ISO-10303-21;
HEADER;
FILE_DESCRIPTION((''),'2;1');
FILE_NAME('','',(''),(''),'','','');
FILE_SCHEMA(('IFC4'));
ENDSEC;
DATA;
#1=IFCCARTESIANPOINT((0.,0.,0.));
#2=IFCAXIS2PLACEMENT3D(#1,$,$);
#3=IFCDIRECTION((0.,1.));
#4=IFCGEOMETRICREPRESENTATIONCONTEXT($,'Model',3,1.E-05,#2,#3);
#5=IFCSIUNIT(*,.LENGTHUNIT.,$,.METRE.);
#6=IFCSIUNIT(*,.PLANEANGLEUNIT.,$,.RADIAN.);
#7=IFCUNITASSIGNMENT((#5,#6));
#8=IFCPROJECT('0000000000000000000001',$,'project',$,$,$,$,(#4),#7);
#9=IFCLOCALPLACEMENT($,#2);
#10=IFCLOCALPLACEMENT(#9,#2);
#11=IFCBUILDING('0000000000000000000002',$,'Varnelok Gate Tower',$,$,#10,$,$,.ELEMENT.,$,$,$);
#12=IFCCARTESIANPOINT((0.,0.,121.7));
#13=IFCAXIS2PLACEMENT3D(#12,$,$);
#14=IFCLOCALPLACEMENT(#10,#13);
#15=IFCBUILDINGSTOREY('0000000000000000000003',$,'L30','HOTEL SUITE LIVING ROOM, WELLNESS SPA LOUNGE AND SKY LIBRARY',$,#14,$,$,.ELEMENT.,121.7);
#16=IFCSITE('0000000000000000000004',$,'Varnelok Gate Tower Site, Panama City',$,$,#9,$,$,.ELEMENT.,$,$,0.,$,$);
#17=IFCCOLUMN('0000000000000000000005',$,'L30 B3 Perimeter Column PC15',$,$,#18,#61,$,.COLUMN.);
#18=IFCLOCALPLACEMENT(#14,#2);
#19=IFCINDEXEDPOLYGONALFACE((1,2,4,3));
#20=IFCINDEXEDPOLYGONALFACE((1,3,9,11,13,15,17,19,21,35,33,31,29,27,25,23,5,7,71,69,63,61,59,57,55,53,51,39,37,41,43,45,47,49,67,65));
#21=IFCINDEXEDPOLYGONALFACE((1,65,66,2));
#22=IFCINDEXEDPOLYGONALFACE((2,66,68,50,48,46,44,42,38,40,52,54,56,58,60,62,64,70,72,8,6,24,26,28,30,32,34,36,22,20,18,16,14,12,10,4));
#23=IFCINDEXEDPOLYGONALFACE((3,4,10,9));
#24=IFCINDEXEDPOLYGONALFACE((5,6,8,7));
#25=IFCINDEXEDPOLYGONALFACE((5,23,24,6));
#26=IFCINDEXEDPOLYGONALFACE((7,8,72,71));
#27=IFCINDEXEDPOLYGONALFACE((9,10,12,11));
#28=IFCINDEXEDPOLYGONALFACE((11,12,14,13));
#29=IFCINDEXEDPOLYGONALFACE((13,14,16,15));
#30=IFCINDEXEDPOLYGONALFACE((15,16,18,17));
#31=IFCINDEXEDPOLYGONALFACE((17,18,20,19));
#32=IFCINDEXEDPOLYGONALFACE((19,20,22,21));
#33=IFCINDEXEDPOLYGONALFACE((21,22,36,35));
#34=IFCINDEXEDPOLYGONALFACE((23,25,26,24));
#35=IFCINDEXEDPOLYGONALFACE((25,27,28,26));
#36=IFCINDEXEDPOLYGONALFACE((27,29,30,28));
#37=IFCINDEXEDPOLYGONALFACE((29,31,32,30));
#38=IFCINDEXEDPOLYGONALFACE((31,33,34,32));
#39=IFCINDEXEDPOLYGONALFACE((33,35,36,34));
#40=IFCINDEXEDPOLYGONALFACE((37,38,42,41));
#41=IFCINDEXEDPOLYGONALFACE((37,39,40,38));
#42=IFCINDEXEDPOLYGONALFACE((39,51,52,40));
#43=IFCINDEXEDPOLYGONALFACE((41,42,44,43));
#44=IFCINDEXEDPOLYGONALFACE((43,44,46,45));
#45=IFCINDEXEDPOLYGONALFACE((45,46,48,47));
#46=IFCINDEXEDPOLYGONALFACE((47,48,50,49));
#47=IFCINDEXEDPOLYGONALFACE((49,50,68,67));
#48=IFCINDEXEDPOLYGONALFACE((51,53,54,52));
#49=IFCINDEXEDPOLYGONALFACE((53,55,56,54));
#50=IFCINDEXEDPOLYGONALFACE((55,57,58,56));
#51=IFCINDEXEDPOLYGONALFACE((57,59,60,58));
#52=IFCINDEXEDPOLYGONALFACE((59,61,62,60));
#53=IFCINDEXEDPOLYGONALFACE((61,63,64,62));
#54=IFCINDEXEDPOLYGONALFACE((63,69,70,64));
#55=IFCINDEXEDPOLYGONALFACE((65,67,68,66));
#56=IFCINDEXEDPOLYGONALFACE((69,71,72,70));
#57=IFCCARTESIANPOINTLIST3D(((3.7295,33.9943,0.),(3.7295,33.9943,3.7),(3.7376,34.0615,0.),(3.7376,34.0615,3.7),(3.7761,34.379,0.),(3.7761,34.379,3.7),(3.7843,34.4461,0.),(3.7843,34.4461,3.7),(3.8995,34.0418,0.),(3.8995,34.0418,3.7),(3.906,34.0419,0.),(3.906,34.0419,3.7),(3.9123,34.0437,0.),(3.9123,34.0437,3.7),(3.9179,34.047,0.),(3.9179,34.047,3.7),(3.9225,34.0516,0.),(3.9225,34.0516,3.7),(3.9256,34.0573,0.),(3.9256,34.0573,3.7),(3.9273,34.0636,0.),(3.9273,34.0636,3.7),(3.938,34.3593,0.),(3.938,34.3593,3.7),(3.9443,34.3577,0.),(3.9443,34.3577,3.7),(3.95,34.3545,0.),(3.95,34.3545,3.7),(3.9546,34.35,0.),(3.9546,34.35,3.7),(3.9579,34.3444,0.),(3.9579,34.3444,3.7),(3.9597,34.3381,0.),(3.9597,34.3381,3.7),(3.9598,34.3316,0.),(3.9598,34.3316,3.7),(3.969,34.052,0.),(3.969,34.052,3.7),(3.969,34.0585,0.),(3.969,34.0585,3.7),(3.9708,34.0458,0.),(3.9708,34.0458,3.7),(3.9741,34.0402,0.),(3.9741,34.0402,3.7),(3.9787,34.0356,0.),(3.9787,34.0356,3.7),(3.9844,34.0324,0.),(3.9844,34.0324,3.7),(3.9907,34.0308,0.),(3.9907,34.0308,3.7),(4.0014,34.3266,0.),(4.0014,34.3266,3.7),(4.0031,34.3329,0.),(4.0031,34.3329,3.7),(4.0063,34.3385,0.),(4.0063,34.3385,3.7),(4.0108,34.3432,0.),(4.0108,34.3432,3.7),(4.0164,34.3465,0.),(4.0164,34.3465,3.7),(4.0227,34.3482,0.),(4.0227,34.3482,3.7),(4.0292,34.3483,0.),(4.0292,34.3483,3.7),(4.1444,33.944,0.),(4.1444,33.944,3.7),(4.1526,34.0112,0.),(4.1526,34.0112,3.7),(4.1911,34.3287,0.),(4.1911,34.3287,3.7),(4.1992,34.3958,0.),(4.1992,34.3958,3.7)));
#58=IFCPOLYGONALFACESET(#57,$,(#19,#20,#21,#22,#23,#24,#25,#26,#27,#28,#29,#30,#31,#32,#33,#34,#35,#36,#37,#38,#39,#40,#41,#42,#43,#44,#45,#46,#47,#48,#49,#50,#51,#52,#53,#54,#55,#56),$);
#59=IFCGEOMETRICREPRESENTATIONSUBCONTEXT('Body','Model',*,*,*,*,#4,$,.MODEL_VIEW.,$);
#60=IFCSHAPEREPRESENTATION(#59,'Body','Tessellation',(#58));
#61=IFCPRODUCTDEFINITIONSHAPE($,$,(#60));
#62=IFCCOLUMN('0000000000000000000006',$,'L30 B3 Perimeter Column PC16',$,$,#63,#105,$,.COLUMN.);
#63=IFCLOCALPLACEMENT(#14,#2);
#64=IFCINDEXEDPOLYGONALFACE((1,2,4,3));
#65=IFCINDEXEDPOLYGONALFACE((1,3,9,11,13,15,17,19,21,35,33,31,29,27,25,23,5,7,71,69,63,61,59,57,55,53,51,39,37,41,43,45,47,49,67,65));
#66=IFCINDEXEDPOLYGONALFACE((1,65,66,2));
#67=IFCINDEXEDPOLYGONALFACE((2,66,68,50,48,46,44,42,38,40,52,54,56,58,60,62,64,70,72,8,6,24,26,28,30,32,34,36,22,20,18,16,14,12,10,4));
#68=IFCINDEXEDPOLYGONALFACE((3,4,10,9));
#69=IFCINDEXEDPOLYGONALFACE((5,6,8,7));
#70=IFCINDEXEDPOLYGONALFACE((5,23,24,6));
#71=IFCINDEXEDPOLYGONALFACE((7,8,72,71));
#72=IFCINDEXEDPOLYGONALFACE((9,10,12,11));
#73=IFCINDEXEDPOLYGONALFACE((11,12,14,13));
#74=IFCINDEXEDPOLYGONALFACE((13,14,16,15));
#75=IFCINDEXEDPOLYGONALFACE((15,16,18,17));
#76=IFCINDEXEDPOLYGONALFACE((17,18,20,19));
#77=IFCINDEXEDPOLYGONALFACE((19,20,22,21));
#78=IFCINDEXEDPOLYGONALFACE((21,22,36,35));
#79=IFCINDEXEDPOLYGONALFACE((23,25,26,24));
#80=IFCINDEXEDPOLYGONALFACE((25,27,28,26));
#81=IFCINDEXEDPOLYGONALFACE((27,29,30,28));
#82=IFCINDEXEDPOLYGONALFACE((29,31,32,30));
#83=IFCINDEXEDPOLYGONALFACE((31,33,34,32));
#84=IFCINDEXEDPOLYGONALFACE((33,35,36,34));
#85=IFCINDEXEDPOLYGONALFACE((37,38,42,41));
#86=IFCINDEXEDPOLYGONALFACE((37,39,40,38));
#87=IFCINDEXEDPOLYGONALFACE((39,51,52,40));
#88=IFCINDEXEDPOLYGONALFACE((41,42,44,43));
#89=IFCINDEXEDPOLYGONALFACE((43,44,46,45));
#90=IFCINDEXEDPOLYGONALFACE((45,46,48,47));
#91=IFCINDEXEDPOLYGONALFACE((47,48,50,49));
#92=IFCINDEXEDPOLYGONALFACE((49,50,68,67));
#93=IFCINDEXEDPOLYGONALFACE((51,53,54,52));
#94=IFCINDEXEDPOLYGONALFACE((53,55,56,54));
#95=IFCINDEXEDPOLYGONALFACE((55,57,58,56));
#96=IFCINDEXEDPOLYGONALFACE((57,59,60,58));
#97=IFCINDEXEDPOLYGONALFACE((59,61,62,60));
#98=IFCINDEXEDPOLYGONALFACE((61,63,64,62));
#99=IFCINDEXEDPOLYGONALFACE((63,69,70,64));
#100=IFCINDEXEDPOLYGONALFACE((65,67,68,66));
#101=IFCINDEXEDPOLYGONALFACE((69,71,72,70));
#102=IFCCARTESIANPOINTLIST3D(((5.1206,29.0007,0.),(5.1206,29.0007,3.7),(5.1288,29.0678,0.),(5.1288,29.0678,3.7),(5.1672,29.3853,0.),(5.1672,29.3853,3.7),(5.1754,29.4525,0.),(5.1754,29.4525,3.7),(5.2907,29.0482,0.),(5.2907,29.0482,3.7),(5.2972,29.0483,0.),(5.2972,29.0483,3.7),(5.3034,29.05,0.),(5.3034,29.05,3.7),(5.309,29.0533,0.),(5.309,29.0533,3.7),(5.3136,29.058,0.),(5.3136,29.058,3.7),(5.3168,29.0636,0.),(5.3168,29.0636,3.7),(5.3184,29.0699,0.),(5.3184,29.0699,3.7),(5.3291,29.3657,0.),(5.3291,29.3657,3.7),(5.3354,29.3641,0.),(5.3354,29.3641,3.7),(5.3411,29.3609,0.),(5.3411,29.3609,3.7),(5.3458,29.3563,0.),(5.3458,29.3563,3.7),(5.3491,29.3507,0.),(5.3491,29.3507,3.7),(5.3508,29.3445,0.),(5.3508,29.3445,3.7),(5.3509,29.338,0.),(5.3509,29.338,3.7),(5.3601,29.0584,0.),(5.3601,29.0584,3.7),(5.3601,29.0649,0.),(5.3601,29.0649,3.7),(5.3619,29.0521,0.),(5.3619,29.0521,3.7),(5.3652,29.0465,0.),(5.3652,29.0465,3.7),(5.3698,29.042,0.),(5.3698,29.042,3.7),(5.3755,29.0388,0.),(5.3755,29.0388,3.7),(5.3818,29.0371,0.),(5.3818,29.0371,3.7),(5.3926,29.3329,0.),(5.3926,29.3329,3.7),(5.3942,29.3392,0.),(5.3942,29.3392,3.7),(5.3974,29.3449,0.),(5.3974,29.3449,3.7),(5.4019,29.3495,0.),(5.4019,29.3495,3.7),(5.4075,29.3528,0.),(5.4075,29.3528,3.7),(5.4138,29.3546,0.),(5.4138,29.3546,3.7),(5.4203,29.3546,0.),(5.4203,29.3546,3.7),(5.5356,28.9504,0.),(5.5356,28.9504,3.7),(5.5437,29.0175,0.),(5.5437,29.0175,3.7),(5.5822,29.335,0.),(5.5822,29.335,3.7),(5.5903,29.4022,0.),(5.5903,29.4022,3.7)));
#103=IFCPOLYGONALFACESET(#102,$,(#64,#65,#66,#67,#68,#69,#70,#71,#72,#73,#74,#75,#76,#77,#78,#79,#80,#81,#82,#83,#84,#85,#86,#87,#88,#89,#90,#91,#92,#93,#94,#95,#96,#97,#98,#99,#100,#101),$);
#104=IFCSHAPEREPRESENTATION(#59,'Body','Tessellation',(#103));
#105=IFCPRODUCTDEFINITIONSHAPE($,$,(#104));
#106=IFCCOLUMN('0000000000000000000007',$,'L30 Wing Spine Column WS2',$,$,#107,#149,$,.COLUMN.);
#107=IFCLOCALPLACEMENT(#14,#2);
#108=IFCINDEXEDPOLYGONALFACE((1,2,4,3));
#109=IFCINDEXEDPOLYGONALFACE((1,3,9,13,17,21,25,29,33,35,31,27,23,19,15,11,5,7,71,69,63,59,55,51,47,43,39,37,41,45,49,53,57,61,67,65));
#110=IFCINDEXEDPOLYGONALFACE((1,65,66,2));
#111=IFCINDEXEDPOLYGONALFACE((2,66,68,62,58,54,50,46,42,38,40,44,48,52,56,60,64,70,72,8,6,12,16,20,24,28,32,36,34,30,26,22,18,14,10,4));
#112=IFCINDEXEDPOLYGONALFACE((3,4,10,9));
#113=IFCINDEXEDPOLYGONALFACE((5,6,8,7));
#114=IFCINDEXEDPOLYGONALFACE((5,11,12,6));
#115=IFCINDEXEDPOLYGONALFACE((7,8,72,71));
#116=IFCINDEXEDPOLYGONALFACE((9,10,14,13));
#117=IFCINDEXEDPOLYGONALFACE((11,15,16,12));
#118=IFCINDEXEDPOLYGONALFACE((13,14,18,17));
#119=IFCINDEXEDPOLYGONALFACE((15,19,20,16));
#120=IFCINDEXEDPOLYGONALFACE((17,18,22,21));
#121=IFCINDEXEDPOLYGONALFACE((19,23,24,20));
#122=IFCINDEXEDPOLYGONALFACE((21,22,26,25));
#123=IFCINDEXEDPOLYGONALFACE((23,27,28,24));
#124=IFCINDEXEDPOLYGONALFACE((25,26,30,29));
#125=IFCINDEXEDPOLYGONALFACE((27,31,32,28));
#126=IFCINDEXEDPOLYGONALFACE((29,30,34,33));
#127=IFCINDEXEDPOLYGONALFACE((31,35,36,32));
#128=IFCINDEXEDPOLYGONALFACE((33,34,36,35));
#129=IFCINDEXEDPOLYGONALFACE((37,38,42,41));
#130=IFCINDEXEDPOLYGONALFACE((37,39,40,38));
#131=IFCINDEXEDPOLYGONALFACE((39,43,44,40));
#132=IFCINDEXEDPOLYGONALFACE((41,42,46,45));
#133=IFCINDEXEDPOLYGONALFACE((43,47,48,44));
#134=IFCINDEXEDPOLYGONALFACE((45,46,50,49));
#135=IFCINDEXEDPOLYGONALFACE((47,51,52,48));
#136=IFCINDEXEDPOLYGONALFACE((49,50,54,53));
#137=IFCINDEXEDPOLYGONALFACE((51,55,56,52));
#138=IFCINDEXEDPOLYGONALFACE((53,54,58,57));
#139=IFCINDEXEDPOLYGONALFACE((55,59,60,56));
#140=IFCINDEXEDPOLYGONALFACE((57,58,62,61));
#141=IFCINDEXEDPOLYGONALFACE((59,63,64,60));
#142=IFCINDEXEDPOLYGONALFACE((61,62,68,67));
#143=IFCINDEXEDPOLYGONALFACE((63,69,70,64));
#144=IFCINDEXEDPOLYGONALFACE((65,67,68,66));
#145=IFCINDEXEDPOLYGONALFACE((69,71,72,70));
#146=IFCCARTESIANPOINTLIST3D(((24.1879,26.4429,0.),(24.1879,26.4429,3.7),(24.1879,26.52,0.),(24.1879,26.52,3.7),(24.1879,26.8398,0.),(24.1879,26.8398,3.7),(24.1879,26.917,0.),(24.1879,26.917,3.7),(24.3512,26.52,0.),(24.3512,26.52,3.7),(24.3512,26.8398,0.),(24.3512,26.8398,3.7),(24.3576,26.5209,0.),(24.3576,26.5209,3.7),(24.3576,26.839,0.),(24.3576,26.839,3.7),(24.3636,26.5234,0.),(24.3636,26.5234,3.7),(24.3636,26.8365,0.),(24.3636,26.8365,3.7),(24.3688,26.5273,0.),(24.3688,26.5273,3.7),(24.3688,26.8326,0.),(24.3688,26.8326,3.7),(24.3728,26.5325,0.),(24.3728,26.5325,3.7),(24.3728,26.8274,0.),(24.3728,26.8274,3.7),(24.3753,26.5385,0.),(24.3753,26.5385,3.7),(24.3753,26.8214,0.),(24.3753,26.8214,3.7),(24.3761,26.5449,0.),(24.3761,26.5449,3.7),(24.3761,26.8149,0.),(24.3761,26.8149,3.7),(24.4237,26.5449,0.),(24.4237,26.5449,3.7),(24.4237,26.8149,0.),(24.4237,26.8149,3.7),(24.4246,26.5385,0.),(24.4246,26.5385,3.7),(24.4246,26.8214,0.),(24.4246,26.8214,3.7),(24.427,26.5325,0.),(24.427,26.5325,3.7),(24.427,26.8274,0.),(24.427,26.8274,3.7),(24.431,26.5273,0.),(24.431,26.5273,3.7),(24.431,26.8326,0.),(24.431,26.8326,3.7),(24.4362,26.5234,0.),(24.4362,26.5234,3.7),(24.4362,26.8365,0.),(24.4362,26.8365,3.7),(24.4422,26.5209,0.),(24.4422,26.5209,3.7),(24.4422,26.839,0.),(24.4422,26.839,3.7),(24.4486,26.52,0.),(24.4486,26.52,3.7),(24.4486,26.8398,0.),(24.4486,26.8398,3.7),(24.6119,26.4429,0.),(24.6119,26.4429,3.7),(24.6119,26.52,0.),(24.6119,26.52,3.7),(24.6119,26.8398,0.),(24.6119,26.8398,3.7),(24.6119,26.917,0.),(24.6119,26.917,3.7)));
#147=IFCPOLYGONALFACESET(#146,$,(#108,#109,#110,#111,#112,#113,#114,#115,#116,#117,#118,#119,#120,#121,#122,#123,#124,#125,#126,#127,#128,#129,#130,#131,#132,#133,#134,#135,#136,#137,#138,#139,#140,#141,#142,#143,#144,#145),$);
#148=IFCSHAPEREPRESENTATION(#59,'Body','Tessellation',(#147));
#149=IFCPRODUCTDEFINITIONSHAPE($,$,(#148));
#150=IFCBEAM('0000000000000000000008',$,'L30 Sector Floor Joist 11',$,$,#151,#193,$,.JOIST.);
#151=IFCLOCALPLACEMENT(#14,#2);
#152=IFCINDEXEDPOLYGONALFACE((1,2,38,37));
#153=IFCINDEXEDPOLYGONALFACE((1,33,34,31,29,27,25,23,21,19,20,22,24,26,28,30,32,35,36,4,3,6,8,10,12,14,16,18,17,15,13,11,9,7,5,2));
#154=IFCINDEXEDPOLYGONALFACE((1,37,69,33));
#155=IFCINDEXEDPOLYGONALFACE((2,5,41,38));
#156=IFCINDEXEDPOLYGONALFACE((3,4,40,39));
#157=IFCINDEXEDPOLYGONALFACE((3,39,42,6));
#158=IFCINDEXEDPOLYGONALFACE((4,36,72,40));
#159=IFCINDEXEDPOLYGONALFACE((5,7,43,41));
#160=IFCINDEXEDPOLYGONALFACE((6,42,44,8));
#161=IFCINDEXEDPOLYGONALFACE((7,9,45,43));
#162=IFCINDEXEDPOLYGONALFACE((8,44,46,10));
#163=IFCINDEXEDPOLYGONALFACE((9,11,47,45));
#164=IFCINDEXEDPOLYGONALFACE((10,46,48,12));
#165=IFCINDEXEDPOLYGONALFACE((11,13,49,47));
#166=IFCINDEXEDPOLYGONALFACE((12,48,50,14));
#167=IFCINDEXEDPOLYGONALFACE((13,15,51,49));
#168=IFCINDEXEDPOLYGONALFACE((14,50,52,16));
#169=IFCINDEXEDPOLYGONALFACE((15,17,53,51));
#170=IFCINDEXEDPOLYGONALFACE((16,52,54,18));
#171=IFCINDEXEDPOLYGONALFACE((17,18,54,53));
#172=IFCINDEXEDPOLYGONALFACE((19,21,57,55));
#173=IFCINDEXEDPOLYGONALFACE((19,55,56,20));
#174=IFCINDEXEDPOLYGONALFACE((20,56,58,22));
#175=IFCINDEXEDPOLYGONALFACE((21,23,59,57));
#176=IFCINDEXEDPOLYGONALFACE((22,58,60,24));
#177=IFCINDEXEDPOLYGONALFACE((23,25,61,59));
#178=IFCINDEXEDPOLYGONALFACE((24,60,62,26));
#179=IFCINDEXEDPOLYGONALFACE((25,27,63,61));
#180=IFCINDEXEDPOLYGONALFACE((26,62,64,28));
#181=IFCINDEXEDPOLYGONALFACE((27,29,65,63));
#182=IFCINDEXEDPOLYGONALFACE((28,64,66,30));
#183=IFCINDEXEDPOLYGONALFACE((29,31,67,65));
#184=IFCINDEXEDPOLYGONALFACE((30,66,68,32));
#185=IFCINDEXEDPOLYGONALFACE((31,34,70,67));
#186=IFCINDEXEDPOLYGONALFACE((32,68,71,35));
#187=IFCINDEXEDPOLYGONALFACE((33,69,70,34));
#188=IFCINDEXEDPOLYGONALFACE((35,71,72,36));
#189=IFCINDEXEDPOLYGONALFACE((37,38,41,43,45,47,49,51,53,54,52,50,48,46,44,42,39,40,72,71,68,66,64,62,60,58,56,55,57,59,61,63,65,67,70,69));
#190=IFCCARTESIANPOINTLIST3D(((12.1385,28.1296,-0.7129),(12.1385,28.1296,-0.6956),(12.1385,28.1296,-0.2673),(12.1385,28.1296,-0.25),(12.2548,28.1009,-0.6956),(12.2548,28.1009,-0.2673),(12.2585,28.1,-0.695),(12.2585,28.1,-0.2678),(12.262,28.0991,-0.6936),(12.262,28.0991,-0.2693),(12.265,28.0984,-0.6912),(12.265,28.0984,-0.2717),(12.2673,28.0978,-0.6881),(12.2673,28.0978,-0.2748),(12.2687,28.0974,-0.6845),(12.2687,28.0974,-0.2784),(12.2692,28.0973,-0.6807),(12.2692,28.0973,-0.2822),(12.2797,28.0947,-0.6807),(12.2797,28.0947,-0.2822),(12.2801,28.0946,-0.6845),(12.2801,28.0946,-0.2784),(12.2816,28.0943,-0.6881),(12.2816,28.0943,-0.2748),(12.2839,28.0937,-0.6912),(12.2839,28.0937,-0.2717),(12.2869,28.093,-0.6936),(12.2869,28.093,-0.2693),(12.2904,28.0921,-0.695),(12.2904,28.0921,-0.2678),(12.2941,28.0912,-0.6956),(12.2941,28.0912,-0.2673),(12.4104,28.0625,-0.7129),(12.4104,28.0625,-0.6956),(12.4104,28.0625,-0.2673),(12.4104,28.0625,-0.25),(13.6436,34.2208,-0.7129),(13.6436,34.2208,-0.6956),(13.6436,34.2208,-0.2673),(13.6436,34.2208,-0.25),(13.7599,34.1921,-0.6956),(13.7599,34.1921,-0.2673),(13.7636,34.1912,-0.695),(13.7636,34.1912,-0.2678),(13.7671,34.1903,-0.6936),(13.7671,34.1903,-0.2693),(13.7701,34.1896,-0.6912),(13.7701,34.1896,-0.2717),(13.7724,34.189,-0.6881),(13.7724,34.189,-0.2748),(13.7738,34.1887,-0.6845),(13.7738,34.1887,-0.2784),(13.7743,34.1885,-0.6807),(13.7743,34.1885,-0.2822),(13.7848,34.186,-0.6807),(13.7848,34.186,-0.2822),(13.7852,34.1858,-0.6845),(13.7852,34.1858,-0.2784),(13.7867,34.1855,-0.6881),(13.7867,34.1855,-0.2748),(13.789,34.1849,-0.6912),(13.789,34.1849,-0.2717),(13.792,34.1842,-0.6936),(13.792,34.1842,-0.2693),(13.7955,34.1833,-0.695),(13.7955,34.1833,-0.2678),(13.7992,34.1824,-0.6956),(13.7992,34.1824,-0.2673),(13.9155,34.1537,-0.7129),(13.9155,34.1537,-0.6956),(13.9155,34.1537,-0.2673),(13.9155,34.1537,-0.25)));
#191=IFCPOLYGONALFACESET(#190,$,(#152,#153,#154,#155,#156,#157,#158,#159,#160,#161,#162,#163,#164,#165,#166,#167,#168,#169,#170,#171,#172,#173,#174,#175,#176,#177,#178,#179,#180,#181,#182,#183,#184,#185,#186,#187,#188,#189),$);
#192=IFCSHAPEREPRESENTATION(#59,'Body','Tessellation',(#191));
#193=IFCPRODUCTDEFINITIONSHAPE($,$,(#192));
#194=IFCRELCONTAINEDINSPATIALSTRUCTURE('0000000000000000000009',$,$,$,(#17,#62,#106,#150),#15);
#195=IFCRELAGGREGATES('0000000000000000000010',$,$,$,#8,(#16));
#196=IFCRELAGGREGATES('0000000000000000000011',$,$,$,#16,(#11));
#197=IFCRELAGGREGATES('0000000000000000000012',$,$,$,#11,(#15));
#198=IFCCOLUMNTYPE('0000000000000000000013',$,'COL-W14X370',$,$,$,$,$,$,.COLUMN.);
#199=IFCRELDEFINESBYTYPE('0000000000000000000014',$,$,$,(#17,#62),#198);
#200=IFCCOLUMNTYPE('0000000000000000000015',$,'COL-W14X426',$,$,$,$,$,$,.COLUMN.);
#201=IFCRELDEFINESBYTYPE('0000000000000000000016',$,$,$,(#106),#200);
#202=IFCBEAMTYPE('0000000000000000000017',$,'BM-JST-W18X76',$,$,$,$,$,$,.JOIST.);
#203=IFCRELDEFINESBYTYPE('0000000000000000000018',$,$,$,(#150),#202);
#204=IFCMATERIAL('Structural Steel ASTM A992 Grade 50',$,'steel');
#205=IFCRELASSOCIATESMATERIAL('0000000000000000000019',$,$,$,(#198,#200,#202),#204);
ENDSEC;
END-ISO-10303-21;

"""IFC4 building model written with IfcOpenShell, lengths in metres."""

from ifc_helpers import new_model, si_unit, direction, frame, origin, origin_2d, place, context, subcontext, project, spatial, i_section, extrude, material, material_profile, profile_set, type_object, element, save


model = new_model("IFC4")

# Units and contexts
model_context = context("Model", 3, precision=1e-05, world=origin(), true_north=direction((0.0, 1.0)))
body_context = subcontext(model_context, "Body", "Model", "MODEL_VIEW")
ifc_project = project(units=[si_unit("LENGTHUNIT", "METRE"), si_unit("PLANEANGLEUNIT", "RADIAN")], contexts=[model_context])

# Site, building, storey
site_placement = place(None, origin())
site = spatial("IfcSite", under=ifc_project, at=site_placement, Name="Varnelok Gate Tower Site, Panama City", CompositionType="ELEMENT", RefElevation=0.0)
building_placement = place(site_placement, origin())
building = spatial("IfcBuilding", under=site, at=building_placement, Name="Varnelok Gate Tower", CompositionType="ELEMENT")
storey_placement = place(building_placement, frame((0.0, 0.0, 121.7)))
storey = spatial("IfcBuildingStorey", under=building, at=storey_placement, Name="L30", Description="HOTEL SUITE LIVING ROOM, WELLNESS SPA LOUNGE AND SKY LIBRARY", CompositionType="ELEMENT", Elevation=121.7)

# Columns
ifc_material_1 = material(Name="Structural Steel ASTM A992 Grade 50", Category="steel")
ifc_material_profile_1 = material_profile(ifc_material_1, i_section(OverallWidth=0.418, OverallDepth=0.4551, WebThickness=0.042, FlangeThickness=0.0676, FilletRadius=0.0249, at=origin_2d()), Name="W14X370")
ifc_profile_set_1 = profile_set([ifc_material_profile_1], Name="Structural Steel ASTM A992 Grade 50")
column_type_1 = type_object("IfcColumnType", Name="COL-W14X370", PredefinedType="COLUMN", material=ifc_profile_set_1)
for number, where, z_axis, x_axis, name in (
    (1, (3.9644, 34.1951, 0.0), (0.0, 0.0, 1.0), (0.992732, -0.120345, 0.0), "L30 B3 Perimeter Column PC15"),
    (2, (5.3555, 29.2014, 0.0), (0.0, 0.0, 1.0), (0.992732, -0.120345, 0.0), "L30 B3 Perimeter Column PC16"),
):
    element("IfcColumn", number, at=place(storey_placement, frame(where, z_axis=z_axis, x_axis=x_axis)), inside=storey, type_object=column_type_1, Name=name, PredefinedType="COLUMN", context=body_context, shape_type="SweptSolid", body=[
        extrude(i_section(OverallWidth=0.418, OverallDepth=0.4551, WebThickness=0.042, FlangeThickness=0.0676, FilletRadius=0.0249, at=origin_2d()), origin(), (0.0, 0.0, 1.0), 3.7),
    ])
ifc_material_profile_2 = material_profile(ifc_material_1, i_section(OverallWidth=0.4241, OverallDepth=0.4741, WebThickness=0.0476, FlangeThickness=0.0771, FilletRadius=0.0249, at=origin_2d()), Name="W14X426")
ifc_profile_set_2 = profile_set([ifc_material_profile_2], Name="Structural Steel ASTM A992 Grade 50")
column_type_2 = type_object("IfcColumnType", Name="COL-W14X426", PredefinedType="COLUMN", material=ifc_profile_set_2)
column_placement = place(storey_placement, frame((24.3999, 26.6799, 0.0), z_axis=(0.0, 0.0, 1.0), x_axis=(1.0, 0.0, 0.0)))
element("IfcColumn", 3, at=column_placement, inside=storey, type_object=column_type_2, Name="L30 Wing Spine Column WS2", PredefinedType="COLUMN", context=body_context, shape_type="SweptSolid", body=[
    extrude(i_section(OverallWidth=0.4241, OverallDepth=0.4741, WebThickness=0.0476, FlangeThickness=0.0771, FilletRadius=0.0249, at=origin_2d()), origin(), (0.0, 0.0, 1.0), 3.7),
])

# Beam
ifc_material_profile_3 = material_profile(ifc_material_1, i_section(OverallWidth=0.28, OverallDepth=0.4629, WebThickness=0.0107, FlangeThickness=0.0173, FilletRadius=0.0149, at=origin_2d()), Name="W18X76")
ifc_profile_set_3 = profile_set([ifc_material_profile_3], Name="Structural Steel ASTM A992 Grade 50")
beam_type_1 = type_object("IfcBeamType", Name="BM-JST-W18X76", PredefinedType="JOIST", material=ifc_profile_set_3)
beam_1_placement = place(storey_placement, frame((13.7795, 34.1873, -0.4814), z_axis=(-0.23988, -0.970803, 0.0), x_axis=(0.970803, -0.23988, 0.0)))
element("IfcBeam", 4, at=beam_1_placement, inside=storey, type_object=beam_type_1, Name="L30 Sector Floor Joist 11", PredefinedType="JOIST", context=body_context, shape_type="SweptSolid", body=[
    extrude(i_section(OverallWidth=0.28, OverallDepth=0.4629, WebThickness=0.0107, FlangeThickness=0.0173, FilletRadius=0.0149, at=origin_2d()), origin(), (0.0, 0.0, 1.0), 6.2744),
])

save(model, "model.ifc")
